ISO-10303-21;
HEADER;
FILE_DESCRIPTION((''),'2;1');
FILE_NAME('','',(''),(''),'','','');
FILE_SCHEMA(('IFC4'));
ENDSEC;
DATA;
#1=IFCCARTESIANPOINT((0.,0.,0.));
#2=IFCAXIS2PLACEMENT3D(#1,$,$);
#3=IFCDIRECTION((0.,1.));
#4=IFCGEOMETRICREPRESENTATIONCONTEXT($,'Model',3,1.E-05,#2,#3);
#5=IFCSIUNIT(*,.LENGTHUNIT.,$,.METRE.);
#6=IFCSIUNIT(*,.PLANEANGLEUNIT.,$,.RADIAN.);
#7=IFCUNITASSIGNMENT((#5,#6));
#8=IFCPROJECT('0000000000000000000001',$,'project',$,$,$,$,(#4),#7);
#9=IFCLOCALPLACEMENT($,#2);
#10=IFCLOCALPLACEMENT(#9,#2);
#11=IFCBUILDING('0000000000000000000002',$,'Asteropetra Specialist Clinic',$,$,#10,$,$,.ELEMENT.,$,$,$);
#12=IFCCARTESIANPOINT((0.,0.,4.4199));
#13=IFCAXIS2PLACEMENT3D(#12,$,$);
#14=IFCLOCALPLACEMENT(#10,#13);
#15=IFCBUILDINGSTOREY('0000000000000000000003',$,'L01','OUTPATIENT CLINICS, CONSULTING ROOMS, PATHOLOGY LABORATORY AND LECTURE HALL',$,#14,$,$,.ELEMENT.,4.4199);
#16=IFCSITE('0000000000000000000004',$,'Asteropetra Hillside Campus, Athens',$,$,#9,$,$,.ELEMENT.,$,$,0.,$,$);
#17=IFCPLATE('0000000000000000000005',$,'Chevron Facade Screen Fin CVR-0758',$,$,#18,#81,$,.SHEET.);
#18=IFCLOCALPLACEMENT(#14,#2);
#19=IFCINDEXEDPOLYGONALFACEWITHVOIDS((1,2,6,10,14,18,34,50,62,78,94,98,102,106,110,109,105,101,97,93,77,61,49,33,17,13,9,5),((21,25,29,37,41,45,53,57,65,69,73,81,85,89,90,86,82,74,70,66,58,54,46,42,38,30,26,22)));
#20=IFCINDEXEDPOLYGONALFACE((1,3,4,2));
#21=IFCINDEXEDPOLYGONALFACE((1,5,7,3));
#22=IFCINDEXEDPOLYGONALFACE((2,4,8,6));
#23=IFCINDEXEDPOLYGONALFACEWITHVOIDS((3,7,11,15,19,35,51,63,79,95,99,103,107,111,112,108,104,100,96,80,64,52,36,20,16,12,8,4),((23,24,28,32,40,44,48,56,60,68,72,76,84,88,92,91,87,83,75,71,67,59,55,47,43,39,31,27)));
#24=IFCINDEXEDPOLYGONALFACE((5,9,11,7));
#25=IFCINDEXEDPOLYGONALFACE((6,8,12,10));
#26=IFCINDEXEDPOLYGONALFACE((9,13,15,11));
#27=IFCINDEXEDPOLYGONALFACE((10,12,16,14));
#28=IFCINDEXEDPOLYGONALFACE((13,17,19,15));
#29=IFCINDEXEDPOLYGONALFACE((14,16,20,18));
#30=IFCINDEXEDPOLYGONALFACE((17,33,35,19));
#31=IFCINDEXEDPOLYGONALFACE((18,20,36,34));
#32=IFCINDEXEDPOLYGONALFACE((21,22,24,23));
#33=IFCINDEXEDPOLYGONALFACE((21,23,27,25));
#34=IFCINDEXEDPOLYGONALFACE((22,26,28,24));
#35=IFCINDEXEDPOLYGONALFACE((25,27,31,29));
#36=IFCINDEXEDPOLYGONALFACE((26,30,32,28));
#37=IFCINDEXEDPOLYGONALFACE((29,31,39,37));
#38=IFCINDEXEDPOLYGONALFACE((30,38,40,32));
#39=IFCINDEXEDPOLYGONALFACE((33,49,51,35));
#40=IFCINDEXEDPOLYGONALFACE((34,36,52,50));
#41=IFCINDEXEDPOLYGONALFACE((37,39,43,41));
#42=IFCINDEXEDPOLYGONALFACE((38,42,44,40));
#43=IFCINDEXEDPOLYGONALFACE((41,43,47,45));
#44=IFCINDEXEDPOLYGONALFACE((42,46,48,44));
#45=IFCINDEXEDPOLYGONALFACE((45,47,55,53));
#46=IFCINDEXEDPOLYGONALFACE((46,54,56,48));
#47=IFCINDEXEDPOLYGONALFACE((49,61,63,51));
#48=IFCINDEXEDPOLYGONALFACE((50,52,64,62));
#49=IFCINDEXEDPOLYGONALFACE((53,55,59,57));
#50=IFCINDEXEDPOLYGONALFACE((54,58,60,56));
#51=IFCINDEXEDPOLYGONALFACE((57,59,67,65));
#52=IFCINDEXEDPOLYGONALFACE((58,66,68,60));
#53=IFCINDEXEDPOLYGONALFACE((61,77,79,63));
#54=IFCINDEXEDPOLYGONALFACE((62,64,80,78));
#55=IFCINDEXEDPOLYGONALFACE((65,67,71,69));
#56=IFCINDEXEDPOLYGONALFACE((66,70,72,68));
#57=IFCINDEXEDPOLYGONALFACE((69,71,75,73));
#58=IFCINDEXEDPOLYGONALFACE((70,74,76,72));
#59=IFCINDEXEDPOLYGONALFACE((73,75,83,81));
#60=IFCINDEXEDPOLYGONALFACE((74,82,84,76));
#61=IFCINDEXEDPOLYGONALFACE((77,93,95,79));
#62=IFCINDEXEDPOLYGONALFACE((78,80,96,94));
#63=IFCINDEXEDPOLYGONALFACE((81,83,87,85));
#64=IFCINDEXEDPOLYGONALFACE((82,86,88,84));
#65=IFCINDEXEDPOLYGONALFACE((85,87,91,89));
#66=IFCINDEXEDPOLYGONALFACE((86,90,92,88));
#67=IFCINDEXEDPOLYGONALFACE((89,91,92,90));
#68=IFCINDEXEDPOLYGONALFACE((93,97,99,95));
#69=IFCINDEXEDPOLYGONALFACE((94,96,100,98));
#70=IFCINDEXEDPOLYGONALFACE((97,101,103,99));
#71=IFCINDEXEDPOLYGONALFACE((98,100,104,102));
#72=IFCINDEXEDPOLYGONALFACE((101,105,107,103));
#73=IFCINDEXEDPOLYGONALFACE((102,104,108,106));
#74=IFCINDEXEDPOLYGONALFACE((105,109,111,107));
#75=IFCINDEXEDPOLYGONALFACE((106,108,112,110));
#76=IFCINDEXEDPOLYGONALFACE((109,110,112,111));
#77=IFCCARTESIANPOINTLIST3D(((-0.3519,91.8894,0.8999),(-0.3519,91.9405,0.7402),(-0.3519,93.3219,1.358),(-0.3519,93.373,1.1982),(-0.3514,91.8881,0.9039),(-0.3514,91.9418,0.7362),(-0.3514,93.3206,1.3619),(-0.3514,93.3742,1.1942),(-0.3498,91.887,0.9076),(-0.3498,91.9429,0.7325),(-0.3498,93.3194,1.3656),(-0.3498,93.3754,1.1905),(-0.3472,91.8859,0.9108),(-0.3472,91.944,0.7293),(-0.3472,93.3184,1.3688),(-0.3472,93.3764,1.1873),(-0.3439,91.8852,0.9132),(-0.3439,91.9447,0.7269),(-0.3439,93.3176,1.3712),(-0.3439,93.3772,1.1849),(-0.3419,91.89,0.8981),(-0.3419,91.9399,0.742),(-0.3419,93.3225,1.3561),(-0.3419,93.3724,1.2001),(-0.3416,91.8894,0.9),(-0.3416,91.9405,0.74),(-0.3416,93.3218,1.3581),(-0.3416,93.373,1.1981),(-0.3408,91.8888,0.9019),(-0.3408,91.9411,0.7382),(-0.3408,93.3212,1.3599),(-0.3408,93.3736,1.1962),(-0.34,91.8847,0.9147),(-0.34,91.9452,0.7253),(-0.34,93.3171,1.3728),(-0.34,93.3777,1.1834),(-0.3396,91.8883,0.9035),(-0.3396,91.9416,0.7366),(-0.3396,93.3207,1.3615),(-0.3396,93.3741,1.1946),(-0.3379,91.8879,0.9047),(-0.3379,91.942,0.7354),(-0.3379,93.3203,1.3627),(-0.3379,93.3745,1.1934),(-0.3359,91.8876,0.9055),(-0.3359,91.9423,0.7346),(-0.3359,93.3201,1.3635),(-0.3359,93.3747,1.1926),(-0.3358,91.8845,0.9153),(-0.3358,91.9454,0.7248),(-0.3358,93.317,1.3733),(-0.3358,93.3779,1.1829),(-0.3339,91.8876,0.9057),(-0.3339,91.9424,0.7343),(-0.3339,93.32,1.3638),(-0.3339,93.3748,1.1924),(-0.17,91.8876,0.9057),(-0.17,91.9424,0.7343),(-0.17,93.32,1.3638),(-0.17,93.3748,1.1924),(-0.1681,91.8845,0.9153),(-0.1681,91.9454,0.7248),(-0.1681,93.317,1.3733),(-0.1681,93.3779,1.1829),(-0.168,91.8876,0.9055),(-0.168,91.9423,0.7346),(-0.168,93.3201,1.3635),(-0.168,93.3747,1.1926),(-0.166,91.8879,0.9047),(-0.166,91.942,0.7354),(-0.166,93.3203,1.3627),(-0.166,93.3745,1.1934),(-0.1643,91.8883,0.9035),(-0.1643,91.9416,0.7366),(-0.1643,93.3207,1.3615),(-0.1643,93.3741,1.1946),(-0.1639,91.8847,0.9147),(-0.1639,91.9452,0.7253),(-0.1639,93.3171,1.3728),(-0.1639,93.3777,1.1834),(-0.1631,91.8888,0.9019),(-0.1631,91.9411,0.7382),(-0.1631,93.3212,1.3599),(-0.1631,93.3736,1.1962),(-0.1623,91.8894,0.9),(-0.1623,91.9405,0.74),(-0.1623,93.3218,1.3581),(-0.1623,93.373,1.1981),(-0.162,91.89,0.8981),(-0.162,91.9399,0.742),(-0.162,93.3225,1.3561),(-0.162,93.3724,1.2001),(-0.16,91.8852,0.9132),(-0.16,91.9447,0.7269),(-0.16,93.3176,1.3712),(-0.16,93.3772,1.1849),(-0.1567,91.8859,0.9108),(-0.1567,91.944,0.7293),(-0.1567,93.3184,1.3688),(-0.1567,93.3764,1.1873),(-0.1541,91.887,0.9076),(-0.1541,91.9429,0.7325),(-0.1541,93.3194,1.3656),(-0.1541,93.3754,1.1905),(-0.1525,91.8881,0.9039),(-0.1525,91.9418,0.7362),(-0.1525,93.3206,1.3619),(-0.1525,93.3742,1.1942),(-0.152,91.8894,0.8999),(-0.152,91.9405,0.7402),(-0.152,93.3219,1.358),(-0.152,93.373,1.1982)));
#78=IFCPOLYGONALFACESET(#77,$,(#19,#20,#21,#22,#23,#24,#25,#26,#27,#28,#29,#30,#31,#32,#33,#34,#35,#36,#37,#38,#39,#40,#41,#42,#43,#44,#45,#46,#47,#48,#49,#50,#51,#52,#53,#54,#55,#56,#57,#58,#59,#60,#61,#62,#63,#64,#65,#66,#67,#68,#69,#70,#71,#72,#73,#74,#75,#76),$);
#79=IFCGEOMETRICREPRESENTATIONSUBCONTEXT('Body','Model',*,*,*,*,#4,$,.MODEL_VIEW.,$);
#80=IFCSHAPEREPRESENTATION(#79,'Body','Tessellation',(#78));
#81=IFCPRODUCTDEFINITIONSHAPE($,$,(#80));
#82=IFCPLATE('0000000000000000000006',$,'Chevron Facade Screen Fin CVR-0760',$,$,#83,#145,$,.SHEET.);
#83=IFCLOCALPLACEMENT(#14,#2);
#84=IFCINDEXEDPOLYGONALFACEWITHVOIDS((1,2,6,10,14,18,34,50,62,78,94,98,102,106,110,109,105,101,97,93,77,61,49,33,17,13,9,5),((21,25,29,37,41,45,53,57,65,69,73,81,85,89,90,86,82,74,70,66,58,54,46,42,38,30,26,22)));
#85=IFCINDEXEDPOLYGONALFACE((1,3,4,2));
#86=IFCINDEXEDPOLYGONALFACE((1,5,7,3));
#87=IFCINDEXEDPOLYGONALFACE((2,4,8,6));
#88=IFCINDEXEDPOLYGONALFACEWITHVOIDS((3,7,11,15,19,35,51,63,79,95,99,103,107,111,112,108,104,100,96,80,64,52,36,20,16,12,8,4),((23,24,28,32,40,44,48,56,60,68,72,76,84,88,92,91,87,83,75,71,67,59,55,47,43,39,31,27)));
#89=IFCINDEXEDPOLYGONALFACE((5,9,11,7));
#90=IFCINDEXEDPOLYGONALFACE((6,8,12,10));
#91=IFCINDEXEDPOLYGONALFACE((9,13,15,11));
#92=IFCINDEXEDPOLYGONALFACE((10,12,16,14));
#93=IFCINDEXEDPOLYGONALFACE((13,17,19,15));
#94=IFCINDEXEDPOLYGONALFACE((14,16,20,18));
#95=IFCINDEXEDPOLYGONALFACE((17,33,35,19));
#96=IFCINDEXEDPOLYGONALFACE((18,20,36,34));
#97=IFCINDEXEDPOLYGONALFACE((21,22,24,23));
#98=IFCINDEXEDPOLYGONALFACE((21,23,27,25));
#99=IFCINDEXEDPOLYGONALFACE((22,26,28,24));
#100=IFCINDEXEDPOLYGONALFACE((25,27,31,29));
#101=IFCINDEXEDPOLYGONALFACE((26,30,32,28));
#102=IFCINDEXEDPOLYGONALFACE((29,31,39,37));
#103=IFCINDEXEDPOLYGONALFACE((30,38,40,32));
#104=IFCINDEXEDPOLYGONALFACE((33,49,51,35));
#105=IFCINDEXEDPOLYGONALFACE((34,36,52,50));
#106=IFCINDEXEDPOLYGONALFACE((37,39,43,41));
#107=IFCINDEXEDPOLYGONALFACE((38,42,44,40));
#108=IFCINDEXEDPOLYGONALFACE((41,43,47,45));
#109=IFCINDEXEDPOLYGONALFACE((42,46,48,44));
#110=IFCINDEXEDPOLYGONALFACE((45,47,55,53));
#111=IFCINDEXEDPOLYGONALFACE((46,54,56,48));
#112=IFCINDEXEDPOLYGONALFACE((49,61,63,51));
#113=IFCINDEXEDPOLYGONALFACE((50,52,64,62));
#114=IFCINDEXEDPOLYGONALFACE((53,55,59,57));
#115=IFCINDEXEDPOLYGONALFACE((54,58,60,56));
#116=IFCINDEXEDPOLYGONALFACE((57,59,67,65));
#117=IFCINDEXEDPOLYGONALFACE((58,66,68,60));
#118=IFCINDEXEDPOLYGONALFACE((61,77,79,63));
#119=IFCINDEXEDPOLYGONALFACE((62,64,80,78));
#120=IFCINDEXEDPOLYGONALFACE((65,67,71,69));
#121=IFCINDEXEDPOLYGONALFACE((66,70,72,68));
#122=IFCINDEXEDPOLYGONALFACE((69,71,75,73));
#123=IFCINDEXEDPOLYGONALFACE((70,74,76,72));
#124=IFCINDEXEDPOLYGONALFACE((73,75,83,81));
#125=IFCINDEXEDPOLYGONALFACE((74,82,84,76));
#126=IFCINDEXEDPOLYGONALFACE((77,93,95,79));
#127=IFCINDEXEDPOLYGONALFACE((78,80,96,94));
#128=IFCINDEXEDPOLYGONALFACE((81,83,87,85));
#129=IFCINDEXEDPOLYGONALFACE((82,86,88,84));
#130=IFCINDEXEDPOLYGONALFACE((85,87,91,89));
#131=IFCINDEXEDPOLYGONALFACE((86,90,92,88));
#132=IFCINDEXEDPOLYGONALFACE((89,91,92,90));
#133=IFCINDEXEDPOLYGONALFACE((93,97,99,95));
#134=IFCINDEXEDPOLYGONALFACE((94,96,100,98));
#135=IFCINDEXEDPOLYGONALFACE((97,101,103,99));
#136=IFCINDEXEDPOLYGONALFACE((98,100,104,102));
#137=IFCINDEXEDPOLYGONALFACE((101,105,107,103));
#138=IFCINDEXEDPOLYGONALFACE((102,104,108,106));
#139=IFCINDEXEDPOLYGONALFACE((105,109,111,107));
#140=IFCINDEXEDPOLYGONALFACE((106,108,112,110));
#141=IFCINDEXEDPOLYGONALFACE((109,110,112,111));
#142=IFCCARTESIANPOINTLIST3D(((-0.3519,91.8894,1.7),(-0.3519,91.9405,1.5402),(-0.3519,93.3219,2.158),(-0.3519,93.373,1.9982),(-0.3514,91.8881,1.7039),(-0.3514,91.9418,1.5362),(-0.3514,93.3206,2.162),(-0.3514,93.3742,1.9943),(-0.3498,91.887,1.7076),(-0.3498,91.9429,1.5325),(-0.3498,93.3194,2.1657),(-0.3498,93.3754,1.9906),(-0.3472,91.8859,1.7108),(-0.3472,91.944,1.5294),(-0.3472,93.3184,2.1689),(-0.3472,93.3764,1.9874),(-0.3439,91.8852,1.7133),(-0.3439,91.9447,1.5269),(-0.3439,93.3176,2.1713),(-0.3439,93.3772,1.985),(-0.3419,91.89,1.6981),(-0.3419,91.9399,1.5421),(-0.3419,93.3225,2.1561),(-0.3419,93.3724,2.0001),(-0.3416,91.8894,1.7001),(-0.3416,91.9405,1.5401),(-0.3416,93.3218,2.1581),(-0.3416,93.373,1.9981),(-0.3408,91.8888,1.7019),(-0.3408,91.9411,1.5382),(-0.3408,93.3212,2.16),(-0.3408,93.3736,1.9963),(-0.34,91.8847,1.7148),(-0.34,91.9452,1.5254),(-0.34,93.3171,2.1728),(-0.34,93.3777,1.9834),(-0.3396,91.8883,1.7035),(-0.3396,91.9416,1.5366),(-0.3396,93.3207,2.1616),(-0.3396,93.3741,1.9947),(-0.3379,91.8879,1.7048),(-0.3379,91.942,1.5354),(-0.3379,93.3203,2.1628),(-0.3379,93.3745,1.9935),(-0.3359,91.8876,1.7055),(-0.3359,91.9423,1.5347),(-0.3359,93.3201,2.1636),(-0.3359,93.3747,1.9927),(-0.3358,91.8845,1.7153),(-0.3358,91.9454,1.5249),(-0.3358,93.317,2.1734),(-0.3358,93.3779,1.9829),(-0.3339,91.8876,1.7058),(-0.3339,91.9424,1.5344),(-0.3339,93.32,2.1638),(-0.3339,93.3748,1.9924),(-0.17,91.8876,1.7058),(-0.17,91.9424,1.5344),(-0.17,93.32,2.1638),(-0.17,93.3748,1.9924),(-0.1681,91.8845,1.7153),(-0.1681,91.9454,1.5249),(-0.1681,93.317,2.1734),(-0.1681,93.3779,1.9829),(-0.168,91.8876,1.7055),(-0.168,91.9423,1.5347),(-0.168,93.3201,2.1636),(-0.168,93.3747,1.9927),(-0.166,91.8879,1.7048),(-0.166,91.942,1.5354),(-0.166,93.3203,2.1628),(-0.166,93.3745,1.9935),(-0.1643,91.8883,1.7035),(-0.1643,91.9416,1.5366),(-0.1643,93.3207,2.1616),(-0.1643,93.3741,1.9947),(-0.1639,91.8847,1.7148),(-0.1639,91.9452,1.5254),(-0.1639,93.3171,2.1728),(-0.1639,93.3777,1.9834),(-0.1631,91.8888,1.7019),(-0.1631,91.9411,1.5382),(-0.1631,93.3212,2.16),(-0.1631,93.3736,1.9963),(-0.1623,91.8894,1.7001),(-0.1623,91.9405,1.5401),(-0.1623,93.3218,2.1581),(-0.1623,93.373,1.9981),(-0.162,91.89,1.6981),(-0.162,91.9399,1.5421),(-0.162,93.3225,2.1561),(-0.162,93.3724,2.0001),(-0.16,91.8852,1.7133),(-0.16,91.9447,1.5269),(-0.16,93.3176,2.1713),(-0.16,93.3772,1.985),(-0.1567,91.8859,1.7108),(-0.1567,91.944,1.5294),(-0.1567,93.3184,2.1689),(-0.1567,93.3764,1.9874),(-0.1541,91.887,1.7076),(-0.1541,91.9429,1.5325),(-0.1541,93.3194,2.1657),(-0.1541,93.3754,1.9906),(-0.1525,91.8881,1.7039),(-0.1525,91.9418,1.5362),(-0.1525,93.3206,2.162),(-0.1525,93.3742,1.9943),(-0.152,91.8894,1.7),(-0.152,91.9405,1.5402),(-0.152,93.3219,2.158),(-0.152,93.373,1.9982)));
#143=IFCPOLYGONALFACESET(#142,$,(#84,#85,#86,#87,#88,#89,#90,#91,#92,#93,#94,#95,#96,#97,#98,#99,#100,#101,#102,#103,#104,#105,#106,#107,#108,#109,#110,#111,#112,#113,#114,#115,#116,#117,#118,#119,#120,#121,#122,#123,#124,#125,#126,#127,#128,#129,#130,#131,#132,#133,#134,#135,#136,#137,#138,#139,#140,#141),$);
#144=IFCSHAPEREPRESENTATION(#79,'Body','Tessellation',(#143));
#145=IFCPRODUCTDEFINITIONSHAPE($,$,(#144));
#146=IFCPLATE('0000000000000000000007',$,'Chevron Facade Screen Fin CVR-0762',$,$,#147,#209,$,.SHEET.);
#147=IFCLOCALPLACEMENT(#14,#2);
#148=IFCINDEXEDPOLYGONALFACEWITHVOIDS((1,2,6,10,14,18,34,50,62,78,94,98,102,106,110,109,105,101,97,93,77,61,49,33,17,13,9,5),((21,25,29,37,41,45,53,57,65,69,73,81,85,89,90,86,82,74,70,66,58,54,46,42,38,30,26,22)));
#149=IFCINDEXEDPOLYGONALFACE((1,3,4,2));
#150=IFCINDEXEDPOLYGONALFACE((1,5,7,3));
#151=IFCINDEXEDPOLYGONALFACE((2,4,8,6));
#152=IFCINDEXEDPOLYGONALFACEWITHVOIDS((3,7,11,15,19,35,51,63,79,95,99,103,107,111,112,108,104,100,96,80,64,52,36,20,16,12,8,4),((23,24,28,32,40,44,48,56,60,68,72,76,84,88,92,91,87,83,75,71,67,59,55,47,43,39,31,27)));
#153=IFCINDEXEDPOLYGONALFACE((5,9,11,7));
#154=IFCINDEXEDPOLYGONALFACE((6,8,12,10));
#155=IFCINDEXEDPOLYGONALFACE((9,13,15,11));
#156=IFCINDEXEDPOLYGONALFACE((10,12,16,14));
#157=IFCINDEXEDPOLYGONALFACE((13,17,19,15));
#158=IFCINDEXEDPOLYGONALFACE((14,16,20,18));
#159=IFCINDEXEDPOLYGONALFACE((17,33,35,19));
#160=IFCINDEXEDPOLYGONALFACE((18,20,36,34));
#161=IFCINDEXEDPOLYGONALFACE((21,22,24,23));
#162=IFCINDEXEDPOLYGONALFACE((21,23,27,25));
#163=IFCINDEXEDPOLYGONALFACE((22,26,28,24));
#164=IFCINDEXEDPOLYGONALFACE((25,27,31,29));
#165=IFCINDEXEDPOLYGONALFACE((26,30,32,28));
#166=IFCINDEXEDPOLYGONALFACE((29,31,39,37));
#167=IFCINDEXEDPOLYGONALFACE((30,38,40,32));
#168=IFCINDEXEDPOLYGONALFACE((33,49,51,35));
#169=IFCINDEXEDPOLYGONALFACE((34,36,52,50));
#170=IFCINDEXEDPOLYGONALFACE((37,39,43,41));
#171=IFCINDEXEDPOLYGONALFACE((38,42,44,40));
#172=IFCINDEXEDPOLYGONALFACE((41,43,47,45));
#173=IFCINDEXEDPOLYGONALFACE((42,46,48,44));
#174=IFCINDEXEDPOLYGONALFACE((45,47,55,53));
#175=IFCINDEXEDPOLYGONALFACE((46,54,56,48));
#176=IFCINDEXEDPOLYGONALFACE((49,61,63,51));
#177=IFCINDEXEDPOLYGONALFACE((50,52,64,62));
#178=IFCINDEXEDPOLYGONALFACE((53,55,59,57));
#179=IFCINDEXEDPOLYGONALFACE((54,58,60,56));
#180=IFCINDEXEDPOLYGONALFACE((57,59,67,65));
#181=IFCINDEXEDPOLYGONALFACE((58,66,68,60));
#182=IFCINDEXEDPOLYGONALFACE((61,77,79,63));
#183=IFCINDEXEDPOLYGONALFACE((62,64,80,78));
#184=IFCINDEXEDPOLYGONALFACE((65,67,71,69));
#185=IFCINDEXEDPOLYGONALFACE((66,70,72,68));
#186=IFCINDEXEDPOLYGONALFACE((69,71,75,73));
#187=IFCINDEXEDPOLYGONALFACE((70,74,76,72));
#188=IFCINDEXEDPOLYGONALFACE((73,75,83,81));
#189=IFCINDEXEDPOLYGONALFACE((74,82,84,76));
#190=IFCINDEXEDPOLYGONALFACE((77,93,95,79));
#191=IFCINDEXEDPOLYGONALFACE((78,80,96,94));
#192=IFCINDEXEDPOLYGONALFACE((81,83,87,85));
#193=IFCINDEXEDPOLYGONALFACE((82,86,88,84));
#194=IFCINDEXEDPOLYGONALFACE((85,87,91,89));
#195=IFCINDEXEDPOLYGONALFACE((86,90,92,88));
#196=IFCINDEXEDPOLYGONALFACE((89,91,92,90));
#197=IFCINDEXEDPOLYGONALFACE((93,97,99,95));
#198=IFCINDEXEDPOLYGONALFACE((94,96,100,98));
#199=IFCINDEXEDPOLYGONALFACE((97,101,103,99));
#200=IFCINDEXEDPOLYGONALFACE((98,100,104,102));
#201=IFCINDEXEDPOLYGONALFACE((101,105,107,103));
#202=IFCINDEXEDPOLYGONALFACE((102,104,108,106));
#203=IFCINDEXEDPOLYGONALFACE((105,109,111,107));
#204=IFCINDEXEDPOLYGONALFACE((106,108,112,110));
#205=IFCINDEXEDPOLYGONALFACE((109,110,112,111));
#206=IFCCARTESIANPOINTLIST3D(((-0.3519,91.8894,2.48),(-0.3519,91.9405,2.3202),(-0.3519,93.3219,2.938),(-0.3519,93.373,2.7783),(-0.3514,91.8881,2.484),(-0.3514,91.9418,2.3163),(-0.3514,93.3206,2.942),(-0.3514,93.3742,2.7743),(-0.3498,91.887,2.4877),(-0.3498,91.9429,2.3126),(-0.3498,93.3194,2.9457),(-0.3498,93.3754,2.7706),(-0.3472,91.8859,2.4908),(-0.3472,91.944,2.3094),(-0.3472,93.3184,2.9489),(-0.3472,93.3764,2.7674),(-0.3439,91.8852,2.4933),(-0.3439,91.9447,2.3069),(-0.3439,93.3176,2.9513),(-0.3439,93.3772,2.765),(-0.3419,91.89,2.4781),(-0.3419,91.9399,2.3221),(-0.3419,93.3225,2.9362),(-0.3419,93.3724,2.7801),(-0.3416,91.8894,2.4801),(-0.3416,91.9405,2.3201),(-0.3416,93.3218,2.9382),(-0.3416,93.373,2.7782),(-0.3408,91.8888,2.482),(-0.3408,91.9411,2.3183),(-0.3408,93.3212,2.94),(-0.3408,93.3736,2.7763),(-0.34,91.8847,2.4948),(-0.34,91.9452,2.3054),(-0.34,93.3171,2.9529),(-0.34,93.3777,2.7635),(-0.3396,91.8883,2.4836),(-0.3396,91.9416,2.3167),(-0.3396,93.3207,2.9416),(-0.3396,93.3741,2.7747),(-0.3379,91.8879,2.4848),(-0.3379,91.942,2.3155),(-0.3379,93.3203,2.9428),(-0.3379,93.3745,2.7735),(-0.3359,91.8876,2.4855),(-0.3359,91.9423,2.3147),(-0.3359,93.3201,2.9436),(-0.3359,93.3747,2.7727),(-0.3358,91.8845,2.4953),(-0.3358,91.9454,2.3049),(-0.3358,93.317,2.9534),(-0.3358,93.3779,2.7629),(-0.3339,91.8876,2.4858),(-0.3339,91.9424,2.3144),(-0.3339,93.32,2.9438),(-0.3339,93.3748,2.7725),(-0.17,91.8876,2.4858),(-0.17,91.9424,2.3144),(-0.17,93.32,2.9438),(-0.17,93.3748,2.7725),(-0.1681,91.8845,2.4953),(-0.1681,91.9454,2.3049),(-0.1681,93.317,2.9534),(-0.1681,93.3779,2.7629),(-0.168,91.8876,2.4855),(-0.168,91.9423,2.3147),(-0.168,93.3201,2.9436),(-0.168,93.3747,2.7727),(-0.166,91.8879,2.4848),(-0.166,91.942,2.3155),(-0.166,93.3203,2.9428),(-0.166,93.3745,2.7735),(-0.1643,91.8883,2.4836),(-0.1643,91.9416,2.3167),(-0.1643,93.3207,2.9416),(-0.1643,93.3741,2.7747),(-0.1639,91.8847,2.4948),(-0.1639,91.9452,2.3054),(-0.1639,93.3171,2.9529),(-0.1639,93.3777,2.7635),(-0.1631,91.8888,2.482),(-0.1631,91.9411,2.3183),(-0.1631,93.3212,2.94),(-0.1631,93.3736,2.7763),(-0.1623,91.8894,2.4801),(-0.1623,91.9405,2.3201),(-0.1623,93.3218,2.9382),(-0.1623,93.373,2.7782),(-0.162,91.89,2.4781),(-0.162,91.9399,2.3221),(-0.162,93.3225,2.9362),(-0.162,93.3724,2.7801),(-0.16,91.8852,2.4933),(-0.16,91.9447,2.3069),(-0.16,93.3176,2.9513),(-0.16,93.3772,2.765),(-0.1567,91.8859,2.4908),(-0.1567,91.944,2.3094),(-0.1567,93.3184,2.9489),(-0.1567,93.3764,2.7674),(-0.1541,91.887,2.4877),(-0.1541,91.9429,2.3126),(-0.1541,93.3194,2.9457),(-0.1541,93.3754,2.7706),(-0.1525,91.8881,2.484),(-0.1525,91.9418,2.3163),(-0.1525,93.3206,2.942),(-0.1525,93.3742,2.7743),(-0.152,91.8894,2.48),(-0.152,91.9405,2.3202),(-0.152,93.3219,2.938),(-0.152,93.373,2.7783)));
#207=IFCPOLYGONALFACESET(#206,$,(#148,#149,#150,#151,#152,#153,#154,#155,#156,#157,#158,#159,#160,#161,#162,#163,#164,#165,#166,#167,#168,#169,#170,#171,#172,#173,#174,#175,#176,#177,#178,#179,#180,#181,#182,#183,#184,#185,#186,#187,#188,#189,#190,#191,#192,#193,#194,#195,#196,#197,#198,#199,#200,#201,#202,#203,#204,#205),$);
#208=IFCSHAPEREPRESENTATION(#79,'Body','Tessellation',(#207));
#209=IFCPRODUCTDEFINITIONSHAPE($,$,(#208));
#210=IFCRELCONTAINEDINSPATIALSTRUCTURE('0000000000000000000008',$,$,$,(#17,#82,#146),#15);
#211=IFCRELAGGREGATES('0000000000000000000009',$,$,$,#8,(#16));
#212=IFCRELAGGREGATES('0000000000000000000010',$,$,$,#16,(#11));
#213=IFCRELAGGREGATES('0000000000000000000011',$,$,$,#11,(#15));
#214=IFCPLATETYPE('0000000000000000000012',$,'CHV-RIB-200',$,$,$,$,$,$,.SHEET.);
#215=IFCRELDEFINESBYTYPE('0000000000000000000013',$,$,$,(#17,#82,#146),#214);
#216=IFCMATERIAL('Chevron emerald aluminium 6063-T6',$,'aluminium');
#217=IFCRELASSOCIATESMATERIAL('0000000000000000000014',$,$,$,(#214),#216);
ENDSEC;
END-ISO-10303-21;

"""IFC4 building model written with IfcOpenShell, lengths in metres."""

from ifc_helpers import new_model, si_unit, direction, frame, origin, origin_2d, place, context, subcontext, project, spatial, hollow_rectangle, extrude, material, material_profile, profile_set, type_object, element, save


model = new_model("IFC4")

# Units and contexts
model_context = context("Model", 3, precision=1e-05, world=origin(), true_north=direction((0.0, 1.0)))
body_context = subcontext(model_context, "Body", "Model", "MODEL_VIEW")
ifc_project = project(units=[si_unit("LENGTHUNIT", "METRE"), si_unit("PLANEANGLEUNIT", "RADIAN")], contexts=[model_context])

# Site, building, storey
site_placement = place(None, origin())
site = spatial("IfcSite", under=ifc_project, at=site_placement, Name="Asteropetra Hillside Campus, Athens", CompositionType="ELEMENT", RefElevation=0.0)
building_placement = place(site_placement, origin())
building = spatial("IfcBuilding", under=site, at=building_placement, Name="Asteropetra Specialist Clinic", CompositionType="ELEMENT")
storey_placement = place(building_placement, frame((0.0, 0.0, 4.4199)))
storey = spatial("IfcBuildingStorey", under=building, at=storey_placement, Name="L01", Description="OUTPATIENT CLINICS, CONSULTING ROOMS, PATHOLOGY LABORATORY AND LECTURE HALL", CompositionType="ELEMENT", Elevation=4.4199)

# Plates
ifc_material_1 = material(Name="Chevron emerald aluminium 6063-T6", Category="aluminium")
ifc_material_profile = material_profile(ifc_material_1, hollow_rectangle(XDim=0.2, YDim=0.2, WallThickness=0.01, InnerFilletRadius=0.0081, OuterFilletRadius=0.0161, at=origin_2d()), Name="SHS 200x200x10.0")
ifc_profile_set = profile_set([ifc_material_profile], Name="Chevron emerald aluminium 6063-T6")
plate_type_1 = type_object("IfcPlateType", Name="CHV-RIB-200", PredefinedType="SHEET", material=ifc_profile_set)
for number, where, z_axis, x_axis, name in (
    (1, (-0.252, 93.3474, 1.2781), (0.0, -0.952492, -0.304564), (1.0, 0.0, 0.0), "Chevron Facade Screen Fin CVR-0758"),
    (2, (-0.252, 93.3474, 2.0781), (0.0, -0.952492, -0.304564), (1.0, 0.0, 0.0), "Chevron Facade Screen Fin CVR-0760"),
    (3, (-0.252, 93.3474, 2.8582), (0.0, -0.952492, -0.304564), (1.0, 0.0, 0.0), "Chevron Facade Screen Fin CVR-0762"),
):
    element("IfcPlate", number, at=place(storey_placement, frame(where, z_axis=z_axis, x_axis=x_axis)), inside=storey, type_object=plate_type_1, Name=name, PredefinedType="SHEET", context=body_context, shape_type="SweptSolid", body=[
        extrude(hollow_rectangle(XDim=0.2, YDim=0.2, WallThickness=0.01, InnerFilletRadius=0.0081, OuterFilletRadius=0.0161, at=origin_2d()), origin(), (0.0, 0.0, 1.0), 1.5039),
    ])

save(model, "model.ifc")
